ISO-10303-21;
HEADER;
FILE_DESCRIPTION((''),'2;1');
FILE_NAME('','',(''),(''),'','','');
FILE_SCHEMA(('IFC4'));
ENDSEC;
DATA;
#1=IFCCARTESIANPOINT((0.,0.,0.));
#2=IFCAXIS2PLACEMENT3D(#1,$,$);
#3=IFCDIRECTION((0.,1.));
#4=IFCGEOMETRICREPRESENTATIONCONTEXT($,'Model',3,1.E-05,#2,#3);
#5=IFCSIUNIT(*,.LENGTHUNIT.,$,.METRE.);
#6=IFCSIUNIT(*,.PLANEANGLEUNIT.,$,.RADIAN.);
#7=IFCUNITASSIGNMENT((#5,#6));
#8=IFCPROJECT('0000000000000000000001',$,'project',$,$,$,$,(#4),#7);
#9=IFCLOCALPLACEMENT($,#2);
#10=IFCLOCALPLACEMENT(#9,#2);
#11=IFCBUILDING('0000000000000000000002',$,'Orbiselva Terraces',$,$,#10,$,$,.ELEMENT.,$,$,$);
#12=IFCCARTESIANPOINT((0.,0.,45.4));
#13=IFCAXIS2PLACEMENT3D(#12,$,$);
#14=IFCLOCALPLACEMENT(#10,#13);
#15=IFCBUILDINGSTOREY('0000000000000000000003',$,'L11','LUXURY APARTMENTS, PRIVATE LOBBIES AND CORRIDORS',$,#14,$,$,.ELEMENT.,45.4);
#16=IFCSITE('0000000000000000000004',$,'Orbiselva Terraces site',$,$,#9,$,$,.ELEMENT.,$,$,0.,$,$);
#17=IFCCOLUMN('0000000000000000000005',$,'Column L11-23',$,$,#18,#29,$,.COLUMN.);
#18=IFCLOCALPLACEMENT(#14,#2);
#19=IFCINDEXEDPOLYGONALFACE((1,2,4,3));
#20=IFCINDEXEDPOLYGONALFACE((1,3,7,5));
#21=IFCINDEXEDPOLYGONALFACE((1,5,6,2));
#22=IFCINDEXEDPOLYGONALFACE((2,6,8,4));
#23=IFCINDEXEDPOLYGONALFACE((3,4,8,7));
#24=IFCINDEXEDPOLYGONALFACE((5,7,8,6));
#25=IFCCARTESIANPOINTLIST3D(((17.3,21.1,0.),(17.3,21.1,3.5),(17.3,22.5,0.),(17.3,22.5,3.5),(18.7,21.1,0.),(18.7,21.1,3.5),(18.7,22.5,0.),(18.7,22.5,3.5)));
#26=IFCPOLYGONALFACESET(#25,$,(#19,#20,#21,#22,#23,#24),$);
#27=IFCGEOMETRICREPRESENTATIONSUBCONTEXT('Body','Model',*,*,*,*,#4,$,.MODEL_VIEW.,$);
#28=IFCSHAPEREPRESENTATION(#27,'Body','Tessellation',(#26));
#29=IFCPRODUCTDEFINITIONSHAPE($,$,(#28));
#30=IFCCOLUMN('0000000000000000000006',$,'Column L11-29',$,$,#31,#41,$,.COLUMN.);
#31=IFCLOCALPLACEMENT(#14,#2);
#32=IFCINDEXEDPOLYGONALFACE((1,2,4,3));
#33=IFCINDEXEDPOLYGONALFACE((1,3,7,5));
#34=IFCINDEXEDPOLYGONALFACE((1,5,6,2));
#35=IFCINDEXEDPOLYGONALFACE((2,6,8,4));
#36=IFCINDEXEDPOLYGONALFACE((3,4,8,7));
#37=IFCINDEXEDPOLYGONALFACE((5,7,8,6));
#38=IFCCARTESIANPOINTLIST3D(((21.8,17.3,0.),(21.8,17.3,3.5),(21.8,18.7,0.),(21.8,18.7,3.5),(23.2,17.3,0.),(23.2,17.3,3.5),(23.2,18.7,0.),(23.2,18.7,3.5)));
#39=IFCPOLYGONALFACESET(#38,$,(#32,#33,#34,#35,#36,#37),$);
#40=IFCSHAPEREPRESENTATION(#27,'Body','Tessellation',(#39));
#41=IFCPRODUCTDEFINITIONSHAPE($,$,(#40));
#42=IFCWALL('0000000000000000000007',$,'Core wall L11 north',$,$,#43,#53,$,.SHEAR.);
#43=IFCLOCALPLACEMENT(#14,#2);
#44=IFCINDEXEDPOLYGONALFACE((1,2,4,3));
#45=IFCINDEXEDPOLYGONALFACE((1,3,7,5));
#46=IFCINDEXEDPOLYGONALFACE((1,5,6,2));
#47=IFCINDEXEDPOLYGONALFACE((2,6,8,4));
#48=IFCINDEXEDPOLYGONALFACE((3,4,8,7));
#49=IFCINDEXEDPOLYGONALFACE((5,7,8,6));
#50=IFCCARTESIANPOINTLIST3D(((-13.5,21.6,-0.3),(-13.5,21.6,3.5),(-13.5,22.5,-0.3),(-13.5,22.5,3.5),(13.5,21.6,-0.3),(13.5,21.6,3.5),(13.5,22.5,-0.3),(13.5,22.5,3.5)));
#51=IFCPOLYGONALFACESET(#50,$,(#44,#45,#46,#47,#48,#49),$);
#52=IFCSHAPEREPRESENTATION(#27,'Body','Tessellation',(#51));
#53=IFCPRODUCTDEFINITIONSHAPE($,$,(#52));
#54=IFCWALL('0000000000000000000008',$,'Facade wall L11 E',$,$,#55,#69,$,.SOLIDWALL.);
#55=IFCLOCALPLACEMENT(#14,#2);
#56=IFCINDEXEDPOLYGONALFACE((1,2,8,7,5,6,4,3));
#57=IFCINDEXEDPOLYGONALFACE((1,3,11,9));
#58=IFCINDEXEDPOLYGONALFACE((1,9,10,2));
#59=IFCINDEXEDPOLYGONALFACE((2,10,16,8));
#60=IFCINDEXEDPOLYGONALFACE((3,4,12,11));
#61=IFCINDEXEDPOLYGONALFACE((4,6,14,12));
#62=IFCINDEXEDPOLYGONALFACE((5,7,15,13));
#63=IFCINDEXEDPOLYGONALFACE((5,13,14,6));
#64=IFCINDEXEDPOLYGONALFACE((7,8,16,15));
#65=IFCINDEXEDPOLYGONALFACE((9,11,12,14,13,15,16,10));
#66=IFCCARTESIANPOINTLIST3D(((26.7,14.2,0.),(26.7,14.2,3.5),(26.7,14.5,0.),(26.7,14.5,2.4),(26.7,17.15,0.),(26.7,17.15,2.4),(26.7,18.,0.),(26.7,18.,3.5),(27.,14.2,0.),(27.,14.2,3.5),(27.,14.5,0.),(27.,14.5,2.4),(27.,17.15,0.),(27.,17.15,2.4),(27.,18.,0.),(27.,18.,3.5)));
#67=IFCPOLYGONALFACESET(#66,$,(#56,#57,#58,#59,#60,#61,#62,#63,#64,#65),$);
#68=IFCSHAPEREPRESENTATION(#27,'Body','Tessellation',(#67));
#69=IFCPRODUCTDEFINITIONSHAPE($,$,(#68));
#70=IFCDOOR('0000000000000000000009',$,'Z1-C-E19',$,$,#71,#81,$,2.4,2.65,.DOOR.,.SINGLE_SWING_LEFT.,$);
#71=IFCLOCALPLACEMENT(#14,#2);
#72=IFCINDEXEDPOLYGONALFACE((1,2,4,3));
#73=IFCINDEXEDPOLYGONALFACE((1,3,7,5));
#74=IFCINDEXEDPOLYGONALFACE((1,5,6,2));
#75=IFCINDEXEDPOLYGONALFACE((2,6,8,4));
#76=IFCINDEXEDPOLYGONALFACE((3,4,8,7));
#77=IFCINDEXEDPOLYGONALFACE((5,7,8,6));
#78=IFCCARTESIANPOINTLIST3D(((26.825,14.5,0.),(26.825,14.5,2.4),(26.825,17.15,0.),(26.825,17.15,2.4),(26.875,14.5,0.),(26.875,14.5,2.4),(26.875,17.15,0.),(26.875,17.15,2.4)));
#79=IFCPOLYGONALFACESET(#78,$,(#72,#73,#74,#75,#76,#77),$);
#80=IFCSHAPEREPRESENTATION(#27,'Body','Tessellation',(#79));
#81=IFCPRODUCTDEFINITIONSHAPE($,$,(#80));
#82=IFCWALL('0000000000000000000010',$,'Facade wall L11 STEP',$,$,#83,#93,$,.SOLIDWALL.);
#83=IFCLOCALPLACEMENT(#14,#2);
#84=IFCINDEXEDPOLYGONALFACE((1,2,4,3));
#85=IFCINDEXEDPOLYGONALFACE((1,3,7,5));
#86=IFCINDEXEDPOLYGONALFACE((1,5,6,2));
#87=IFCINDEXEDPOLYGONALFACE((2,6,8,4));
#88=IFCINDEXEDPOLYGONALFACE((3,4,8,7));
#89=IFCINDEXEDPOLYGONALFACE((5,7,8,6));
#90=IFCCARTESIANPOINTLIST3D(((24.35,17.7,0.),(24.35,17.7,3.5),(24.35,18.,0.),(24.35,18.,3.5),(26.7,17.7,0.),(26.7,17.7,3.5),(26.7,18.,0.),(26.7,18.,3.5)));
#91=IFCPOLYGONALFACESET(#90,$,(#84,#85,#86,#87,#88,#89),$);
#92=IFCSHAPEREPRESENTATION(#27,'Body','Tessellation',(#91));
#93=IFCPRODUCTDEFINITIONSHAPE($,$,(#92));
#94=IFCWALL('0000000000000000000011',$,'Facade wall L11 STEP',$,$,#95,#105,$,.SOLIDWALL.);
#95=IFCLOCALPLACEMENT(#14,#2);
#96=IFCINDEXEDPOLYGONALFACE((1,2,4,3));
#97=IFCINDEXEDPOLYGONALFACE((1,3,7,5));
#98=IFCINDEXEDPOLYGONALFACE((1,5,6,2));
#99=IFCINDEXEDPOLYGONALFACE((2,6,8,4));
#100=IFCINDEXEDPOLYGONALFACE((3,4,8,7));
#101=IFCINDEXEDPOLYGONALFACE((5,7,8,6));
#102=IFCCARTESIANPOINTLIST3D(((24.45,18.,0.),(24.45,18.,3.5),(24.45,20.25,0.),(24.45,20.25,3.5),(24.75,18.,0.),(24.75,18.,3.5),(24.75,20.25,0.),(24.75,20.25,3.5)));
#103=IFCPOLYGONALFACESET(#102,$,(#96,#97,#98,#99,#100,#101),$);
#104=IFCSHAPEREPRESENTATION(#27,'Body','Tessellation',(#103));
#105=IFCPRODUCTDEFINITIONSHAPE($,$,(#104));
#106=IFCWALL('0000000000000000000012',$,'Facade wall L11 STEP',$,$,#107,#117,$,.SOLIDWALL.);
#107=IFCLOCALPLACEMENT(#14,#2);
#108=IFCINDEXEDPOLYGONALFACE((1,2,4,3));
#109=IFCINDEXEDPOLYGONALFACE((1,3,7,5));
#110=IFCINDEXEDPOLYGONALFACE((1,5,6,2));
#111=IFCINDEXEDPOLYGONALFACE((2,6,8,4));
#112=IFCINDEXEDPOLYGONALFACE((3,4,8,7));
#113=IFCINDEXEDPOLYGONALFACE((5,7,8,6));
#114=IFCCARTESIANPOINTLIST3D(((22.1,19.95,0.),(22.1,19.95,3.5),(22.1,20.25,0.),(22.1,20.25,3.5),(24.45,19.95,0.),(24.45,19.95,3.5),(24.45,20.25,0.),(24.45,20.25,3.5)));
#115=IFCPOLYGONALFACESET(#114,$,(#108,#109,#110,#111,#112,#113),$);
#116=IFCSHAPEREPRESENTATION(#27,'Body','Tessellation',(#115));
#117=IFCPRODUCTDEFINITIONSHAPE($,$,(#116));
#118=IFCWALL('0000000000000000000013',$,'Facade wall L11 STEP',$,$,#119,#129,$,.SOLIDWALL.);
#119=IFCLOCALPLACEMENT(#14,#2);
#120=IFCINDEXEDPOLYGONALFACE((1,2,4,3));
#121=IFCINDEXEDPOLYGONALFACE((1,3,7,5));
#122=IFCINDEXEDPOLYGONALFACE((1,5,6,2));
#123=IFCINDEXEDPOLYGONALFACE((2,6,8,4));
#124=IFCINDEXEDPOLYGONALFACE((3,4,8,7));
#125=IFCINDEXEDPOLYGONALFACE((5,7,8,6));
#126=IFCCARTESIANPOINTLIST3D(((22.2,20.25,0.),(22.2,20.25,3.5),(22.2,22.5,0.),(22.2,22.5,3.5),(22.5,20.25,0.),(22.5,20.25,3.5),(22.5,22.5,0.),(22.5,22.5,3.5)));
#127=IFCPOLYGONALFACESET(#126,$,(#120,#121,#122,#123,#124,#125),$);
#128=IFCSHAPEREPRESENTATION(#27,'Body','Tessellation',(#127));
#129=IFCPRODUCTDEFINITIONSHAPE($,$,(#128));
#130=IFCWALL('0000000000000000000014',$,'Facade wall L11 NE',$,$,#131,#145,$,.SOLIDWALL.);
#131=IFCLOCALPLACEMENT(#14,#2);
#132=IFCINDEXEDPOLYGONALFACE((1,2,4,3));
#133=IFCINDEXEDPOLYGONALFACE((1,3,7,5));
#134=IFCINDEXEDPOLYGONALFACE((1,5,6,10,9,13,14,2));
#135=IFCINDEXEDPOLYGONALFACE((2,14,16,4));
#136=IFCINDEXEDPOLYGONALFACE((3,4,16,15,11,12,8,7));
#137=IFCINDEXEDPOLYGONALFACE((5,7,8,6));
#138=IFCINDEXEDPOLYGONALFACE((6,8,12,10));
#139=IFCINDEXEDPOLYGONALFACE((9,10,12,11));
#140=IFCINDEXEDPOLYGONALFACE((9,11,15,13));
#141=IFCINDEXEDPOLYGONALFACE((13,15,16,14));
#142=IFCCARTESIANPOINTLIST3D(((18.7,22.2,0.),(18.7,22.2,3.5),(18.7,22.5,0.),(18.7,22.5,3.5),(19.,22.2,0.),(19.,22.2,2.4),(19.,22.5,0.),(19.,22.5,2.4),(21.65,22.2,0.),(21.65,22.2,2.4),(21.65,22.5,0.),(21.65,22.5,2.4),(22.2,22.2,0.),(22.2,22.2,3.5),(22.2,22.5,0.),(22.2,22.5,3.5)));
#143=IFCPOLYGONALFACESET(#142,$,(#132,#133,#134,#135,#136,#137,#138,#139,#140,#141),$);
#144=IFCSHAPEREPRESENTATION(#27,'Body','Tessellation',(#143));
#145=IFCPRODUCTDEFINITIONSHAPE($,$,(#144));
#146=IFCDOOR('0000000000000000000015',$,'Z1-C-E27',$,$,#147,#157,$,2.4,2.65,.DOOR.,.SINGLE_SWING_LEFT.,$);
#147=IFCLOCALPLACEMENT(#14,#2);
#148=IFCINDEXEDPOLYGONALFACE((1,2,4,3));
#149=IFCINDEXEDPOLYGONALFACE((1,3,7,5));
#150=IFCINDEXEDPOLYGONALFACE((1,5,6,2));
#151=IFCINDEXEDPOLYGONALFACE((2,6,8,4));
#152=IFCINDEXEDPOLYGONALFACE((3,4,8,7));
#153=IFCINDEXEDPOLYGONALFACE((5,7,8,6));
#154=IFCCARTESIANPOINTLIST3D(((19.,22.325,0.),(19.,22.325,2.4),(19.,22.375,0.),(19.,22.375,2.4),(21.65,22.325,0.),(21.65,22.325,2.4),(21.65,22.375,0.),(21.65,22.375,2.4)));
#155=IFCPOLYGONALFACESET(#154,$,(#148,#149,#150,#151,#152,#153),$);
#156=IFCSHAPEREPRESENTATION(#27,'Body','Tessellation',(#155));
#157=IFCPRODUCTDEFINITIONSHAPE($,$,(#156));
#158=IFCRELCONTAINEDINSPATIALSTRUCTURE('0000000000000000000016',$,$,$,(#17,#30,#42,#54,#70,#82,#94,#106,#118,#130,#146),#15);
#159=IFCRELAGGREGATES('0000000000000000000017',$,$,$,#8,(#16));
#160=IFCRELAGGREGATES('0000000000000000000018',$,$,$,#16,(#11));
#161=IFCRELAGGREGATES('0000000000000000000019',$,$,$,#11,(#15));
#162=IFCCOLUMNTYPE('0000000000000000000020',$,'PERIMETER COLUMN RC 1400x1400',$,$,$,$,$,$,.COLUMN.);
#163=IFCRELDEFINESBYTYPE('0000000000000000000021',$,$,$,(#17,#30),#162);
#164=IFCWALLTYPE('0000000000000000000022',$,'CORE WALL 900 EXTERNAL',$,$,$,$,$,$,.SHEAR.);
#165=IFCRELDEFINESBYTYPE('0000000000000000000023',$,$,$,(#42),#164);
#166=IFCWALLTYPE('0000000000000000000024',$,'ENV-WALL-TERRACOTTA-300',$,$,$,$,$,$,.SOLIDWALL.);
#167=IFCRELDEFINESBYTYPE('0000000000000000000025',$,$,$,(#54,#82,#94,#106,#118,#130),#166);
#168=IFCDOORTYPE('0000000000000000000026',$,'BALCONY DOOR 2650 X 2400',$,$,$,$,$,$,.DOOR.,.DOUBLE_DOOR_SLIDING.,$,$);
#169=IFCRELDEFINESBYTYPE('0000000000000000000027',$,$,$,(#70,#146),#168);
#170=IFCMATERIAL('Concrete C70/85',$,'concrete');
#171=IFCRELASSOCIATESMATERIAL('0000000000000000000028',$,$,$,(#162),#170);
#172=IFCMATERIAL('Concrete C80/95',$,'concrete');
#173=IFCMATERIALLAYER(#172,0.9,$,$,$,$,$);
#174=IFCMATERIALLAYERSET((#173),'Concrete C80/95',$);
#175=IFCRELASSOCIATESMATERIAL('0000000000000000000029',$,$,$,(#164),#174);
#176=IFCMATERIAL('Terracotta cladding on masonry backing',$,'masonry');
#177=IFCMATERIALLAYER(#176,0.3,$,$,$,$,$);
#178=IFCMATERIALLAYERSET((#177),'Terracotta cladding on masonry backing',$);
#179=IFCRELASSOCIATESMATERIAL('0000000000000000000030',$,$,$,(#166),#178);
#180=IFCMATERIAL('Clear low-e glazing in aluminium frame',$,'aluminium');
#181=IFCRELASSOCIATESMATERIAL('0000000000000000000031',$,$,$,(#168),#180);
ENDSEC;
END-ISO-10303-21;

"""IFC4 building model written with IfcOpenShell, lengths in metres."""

from ifc_helpers import new_model, si_unit, direction, frame, frame_2d, origin, origin_2d, place, context, subcontext, project, spatial, rectangle, extrude, material, layer, layer_set, material_profile, profile_set, type_object, element, fill, save


model = new_model("IFC4")

# Units and contexts
model_context = context("Model", 3, precision=1e-05, world=origin(), true_north=direction((0.0, 1.0)))
body_context = subcontext(model_context, "Body", "Model", "MODEL_VIEW")
ifc_project = project(units=[si_unit("LENGTHUNIT", "METRE"), si_unit("PLANEANGLEUNIT", "RADIAN")], contexts=[model_context])

# Site, building, storey
site_placement = place(None, origin())
site = spatial("IfcSite", under=ifc_project, at=site_placement, Name="Orbiselva Terraces site", CompositionType="ELEMENT", RefElevation=0.0)
building_placement = place(site_placement, origin())
building = spatial("IfcBuilding", under=site, at=building_placement, Name="Orbiselva Terraces", CompositionType="ELEMENT")
storey_placement = place(building_placement, frame((0.0, 0.0, 45.4)))
storey = spatial("IfcBuildingStorey", under=building, at=storey_placement, Name="L11", Description="LUXURY APARTMENTS, PRIVATE LOBBIES AND CORRIDORS", CompositionType="ELEMENT", Elevation=45.4)

# Columns
ifc_material_1 = material(Name="Concrete C70/85", Category="concrete")
ifc_material_profile = material_profile(ifc_material_1, rectangle(XDim=1.4, YDim=1.4, at=origin_2d()), Name="RC 1400x1400")
ifc_profile_set = profile_set([ifc_material_profile], Name="Concrete C70/85")
column_type = type_object("IfcColumnType", Name="PERIMETER COLUMN RC 1400x1400", PredefinedType="COLUMN", material=ifc_profile_set)
for number, where, z_axis, x_axis, name in (
    (1, (18.0, 21.8, 0.0), (0.0, 0.0, 1.0), (1.0, 0.0, 0.0), "Column L11-23"),
    (2, (22.5, 18.0, 0.0), (0.0, 0.0, 1.0), (1.0, 0.0, 0.0), "Column L11-29"),
):
    element("IfcColumn", number, at=place(storey_placement, frame(where, z_axis=z_axis, x_axis=x_axis)), inside=storey, type_object=column_type, Name=name, PredefinedType="COLUMN", context=body_context, shape_type="SweptSolid", body=[
        extrude(rectangle(XDim=1.4, YDim=1.4, at=origin_2d()), origin(), (0.0, 0.0, 1.0), 3.5),
    ])

# Wall
ifc_material_2 = material(Name="Concrete C80/95", Category="concrete")
ifc_layer_1 = layer(ifc_material_2, 0.9)
ifc_layer_set_1 = layer_set([ifc_layer_1], Name="Concrete C80/95")
wall_type_1 = type_object("IfcWallType", Name="CORE WALL 900 EXTERNAL", PredefinedType="SHEAR", material=ifc_layer_set_1)
wall_1_placement = place(storey_placement, frame((13.5, 22.05, -0.3), z_axis=(0.0, 0.0, 1.0), x_axis=(-1.0, 0.0, 0.0)))
element("IfcWall", 3, at=wall_1_placement, inside=storey, type_object=wall_type_1, Name="Core wall L11 north", PredefinedType="SHEAR", context=body_context, shape_type="SweptSolid", body=[
    extrude(rectangle(XDim=27.0, YDim=0.9, at=frame_2d((13.5, 0.0))), origin(), (0.0, 0.0, 1.0), 3.8),
])

# Wall, opening, door
ifc_material_3 = material(Name="Terracotta cladding on masonry backing", Category="masonry")
ifc_layer_2 = layer(ifc_material_3, 0.3)
ifc_layer_set_2 = layer_set([ifc_layer_2], Name="Terracotta cladding on masonry backing")
wall_type_2 = type_object("IfcWallType", Name="ENV-WALL-TERRACOTTA-300", PredefinedType="SOLIDWALL", material=ifc_layer_set_2)
wall_2_placement = place(storey_placement, frame((26.85, 18.0, 0.0), z_axis=(0.0, 0.0, 1.0), x_axis=(0.0, -1.0, 0.0)))
wall_2 = element("IfcWall", 4, at=wall_2_placement, inside=storey, type_object=wall_type_2, Name="Facade wall L11 E", PredefinedType="SOLIDWALL", context=body_context, shape_type="SweptSolid", body=[
    extrude(rectangle(XDim=3.8, YDim=0.3, at=frame_2d((1.9, 0.0))), origin(), (0.0, 0.0, 1.0), 3.5),
])
opening_1_placement = place(wall_2_placement, frame((0.85, 0.0, 0.0)))
opening_1 = element("IfcOpeningElement", 5, at=opening_1_placement, cuts=wall_2, PredefinedType="OPENING", context=body_context, shape_type="SweptSolid", body=[
    extrude(rectangle(XDim=2.65, YDim=2.4, at=frame_2d((1.325, 1.2))), frame((0.0, 0.16, 0.0), z_axis=(0.0, -1.0, 0.0), x_axis=(1.0, 0.0, 0.0)), (0.0, 0.0, 1.0), 0.32),
])
ifc_material_4 = material(Name="Clear low-e glazing in aluminium frame", Category="aluminium")
door_type_1 = type_object("IfcDoorType", Name="BALCONY DOOR 2650 X 2400", OperationType="DOUBLE_DOOR_SLIDING", PredefinedType="DOOR", material=ifc_material_4)
door_1_placement = place(opening_1_placement, origin())
door_1 = element("IfcDoor", 6, at=door_1_placement, inside=storey, type_object=door_type_1, Name="Z1-C-E19", OperationType="SINGLE_SWING_LEFT", OverallHeight=2.4, OverallWidth=2.65, PredefinedType="DOOR", context=body_context, shape_type="SweptSolid", body=[
    extrude(rectangle(XDim=2.65, YDim=2.4, at=frame_2d((1.325, 1.2))), frame((0.0, 0.025, 0.0), z_axis=(0.0, -1.0, 0.0), x_axis=(1.0, 0.0, 0.0)), (0.0, 0.0, 1.0), 0.05),
])
fill(opening_1, door_1)

# Walls
wall_3_placement = place(storey_placement, frame((24.35, 17.85, 0.0), z_axis=(0.0, 0.0, 1.0), x_axis=(1.0, 0.0, 0.0)))
element("IfcWall", 7, at=wall_3_placement, inside=storey, type_object=wall_type_2, Name="Facade wall L11 STEP", PredefinedType="SOLIDWALL", context=body_context, shape_type="SweptSolid", body=[
    extrude(rectangle(XDim=2.35, YDim=0.3, at=frame_2d((1.175, 0.0))), origin(), (0.0, 0.0, 1.0), 3.5),
])
wall_4_placement = place(storey_placement, frame((24.6, 20.25, 0.0), z_axis=(0.0, 0.0, 1.0), x_axis=(0.0, -1.0, 0.0)))
element("IfcWall", 8, at=wall_4_placement, inside=storey, type_object=wall_type_2, Name="Facade wall L11 STEP", PredefinedType="SOLIDWALL", context=body_context, shape_type="SweptSolid", body=[
    extrude(rectangle(XDim=2.25, YDim=0.3, at=frame_2d((1.125, 0.0))), origin(), (0.0, 0.0, 1.0), 3.5),
])
wall_5_placement = place(storey_placement, frame((22.1, 20.1, 0.0), z_axis=(0.0, 0.0, 1.0), x_axis=(1.0, 0.0, 0.0)))
element("IfcWall", 9, at=wall_5_placement, inside=storey, type_object=wall_type_2, Name="Facade wall L11 STEP", PredefinedType="SOLIDWALL", context=body_context, shape_type="SweptSolid", body=[
    extrude(rectangle(XDim=2.35, YDim=0.3, at=frame_2d((1.175, 0.0))), origin(), (0.0, 0.0, 1.0), 3.5),
])
wall_6_placement = place(storey_placement, frame((22.35, 22.5, 0.0), z_axis=(0.0, 0.0, 1.0), x_axis=(0.0, -1.0, 0.0)))
element("IfcWall", 10, at=wall_6_placement, inside=storey, type_object=wall_type_2, Name="Facade wall L11 STEP", PredefinedType="SOLIDWALL", context=body_context, shape_type="SweptSolid", body=[
    extrude(rectangle(XDim=2.25, YDim=0.3, at=frame_2d((1.125, 0.0))), origin(), (0.0, 0.0, 1.0), 3.5),
])

# Wall, opening, door
wall_7_placement = place(storey_placement, frame((18.7, 22.35, 0.0), z_axis=(0.0, 0.0, 1.0), x_axis=(1.0, 0.0, 0.0)))
wall_7 = element("IfcWall", 11, at=wall_7_placement, inside=storey, type_object=wall_type_2, Name="Facade wall L11 NE", PredefinedType="SOLIDWALL", context=body_context, shape_type="SweptSolid", body=[
    extrude(rectangle(XDim=3.5, YDim=0.3, at=frame_2d((1.75, 0.0))), origin(), (0.0, 0.0, 1.0), 3.5),
])
opening_2_placement = place(wall_7_placement, frame((0.3, 0.0, 0.0)))
opening_2 = element("IfcOpeningElement", 12, at=opening_2_placement, cuts=wall_7, PredefinedType="OPENING", context=body_context, shape_type="SweptSolid", body=[
    extrude(rectangle(XDim=2.65, YDim=2.4, at=frame_2d((1.325, 1.2))), frame((0.0, 0.16, 0.0), z_axis=(0.0, -1.0, 0.0), x_axis=(1.0, 0.0, 0.0)), (0.0, 0.0, 1.0), 0.32),
])
door_2_placement = place(opening_2_placement, origin())
door_2 = element("IfcDoor", 13, at=door_2_placement, inside=storey, type_object=door_type_1, Name="Z1-C-E27", OperationType="SINGLE_SWING_LEFT", OverallHeight=2.4, OverallWidth=2.65, PredefinedType="DOOR", context=body_context, shape_type="SweptSolid", body=[
    extrude(rectangle(XDim=2.65, YDim=2.4, at=frame_2d((1.325, 1.2))), frame((0.0, 0.025, 0.0), z_axis=(0.0, -1.0, 0.0), x_axis=(1.0, 0.0, 0.0)), (0.0, 0.0, 1.0), 0.05),
])
fill(opening_2, door_2)

save(model, "model.ifc")
